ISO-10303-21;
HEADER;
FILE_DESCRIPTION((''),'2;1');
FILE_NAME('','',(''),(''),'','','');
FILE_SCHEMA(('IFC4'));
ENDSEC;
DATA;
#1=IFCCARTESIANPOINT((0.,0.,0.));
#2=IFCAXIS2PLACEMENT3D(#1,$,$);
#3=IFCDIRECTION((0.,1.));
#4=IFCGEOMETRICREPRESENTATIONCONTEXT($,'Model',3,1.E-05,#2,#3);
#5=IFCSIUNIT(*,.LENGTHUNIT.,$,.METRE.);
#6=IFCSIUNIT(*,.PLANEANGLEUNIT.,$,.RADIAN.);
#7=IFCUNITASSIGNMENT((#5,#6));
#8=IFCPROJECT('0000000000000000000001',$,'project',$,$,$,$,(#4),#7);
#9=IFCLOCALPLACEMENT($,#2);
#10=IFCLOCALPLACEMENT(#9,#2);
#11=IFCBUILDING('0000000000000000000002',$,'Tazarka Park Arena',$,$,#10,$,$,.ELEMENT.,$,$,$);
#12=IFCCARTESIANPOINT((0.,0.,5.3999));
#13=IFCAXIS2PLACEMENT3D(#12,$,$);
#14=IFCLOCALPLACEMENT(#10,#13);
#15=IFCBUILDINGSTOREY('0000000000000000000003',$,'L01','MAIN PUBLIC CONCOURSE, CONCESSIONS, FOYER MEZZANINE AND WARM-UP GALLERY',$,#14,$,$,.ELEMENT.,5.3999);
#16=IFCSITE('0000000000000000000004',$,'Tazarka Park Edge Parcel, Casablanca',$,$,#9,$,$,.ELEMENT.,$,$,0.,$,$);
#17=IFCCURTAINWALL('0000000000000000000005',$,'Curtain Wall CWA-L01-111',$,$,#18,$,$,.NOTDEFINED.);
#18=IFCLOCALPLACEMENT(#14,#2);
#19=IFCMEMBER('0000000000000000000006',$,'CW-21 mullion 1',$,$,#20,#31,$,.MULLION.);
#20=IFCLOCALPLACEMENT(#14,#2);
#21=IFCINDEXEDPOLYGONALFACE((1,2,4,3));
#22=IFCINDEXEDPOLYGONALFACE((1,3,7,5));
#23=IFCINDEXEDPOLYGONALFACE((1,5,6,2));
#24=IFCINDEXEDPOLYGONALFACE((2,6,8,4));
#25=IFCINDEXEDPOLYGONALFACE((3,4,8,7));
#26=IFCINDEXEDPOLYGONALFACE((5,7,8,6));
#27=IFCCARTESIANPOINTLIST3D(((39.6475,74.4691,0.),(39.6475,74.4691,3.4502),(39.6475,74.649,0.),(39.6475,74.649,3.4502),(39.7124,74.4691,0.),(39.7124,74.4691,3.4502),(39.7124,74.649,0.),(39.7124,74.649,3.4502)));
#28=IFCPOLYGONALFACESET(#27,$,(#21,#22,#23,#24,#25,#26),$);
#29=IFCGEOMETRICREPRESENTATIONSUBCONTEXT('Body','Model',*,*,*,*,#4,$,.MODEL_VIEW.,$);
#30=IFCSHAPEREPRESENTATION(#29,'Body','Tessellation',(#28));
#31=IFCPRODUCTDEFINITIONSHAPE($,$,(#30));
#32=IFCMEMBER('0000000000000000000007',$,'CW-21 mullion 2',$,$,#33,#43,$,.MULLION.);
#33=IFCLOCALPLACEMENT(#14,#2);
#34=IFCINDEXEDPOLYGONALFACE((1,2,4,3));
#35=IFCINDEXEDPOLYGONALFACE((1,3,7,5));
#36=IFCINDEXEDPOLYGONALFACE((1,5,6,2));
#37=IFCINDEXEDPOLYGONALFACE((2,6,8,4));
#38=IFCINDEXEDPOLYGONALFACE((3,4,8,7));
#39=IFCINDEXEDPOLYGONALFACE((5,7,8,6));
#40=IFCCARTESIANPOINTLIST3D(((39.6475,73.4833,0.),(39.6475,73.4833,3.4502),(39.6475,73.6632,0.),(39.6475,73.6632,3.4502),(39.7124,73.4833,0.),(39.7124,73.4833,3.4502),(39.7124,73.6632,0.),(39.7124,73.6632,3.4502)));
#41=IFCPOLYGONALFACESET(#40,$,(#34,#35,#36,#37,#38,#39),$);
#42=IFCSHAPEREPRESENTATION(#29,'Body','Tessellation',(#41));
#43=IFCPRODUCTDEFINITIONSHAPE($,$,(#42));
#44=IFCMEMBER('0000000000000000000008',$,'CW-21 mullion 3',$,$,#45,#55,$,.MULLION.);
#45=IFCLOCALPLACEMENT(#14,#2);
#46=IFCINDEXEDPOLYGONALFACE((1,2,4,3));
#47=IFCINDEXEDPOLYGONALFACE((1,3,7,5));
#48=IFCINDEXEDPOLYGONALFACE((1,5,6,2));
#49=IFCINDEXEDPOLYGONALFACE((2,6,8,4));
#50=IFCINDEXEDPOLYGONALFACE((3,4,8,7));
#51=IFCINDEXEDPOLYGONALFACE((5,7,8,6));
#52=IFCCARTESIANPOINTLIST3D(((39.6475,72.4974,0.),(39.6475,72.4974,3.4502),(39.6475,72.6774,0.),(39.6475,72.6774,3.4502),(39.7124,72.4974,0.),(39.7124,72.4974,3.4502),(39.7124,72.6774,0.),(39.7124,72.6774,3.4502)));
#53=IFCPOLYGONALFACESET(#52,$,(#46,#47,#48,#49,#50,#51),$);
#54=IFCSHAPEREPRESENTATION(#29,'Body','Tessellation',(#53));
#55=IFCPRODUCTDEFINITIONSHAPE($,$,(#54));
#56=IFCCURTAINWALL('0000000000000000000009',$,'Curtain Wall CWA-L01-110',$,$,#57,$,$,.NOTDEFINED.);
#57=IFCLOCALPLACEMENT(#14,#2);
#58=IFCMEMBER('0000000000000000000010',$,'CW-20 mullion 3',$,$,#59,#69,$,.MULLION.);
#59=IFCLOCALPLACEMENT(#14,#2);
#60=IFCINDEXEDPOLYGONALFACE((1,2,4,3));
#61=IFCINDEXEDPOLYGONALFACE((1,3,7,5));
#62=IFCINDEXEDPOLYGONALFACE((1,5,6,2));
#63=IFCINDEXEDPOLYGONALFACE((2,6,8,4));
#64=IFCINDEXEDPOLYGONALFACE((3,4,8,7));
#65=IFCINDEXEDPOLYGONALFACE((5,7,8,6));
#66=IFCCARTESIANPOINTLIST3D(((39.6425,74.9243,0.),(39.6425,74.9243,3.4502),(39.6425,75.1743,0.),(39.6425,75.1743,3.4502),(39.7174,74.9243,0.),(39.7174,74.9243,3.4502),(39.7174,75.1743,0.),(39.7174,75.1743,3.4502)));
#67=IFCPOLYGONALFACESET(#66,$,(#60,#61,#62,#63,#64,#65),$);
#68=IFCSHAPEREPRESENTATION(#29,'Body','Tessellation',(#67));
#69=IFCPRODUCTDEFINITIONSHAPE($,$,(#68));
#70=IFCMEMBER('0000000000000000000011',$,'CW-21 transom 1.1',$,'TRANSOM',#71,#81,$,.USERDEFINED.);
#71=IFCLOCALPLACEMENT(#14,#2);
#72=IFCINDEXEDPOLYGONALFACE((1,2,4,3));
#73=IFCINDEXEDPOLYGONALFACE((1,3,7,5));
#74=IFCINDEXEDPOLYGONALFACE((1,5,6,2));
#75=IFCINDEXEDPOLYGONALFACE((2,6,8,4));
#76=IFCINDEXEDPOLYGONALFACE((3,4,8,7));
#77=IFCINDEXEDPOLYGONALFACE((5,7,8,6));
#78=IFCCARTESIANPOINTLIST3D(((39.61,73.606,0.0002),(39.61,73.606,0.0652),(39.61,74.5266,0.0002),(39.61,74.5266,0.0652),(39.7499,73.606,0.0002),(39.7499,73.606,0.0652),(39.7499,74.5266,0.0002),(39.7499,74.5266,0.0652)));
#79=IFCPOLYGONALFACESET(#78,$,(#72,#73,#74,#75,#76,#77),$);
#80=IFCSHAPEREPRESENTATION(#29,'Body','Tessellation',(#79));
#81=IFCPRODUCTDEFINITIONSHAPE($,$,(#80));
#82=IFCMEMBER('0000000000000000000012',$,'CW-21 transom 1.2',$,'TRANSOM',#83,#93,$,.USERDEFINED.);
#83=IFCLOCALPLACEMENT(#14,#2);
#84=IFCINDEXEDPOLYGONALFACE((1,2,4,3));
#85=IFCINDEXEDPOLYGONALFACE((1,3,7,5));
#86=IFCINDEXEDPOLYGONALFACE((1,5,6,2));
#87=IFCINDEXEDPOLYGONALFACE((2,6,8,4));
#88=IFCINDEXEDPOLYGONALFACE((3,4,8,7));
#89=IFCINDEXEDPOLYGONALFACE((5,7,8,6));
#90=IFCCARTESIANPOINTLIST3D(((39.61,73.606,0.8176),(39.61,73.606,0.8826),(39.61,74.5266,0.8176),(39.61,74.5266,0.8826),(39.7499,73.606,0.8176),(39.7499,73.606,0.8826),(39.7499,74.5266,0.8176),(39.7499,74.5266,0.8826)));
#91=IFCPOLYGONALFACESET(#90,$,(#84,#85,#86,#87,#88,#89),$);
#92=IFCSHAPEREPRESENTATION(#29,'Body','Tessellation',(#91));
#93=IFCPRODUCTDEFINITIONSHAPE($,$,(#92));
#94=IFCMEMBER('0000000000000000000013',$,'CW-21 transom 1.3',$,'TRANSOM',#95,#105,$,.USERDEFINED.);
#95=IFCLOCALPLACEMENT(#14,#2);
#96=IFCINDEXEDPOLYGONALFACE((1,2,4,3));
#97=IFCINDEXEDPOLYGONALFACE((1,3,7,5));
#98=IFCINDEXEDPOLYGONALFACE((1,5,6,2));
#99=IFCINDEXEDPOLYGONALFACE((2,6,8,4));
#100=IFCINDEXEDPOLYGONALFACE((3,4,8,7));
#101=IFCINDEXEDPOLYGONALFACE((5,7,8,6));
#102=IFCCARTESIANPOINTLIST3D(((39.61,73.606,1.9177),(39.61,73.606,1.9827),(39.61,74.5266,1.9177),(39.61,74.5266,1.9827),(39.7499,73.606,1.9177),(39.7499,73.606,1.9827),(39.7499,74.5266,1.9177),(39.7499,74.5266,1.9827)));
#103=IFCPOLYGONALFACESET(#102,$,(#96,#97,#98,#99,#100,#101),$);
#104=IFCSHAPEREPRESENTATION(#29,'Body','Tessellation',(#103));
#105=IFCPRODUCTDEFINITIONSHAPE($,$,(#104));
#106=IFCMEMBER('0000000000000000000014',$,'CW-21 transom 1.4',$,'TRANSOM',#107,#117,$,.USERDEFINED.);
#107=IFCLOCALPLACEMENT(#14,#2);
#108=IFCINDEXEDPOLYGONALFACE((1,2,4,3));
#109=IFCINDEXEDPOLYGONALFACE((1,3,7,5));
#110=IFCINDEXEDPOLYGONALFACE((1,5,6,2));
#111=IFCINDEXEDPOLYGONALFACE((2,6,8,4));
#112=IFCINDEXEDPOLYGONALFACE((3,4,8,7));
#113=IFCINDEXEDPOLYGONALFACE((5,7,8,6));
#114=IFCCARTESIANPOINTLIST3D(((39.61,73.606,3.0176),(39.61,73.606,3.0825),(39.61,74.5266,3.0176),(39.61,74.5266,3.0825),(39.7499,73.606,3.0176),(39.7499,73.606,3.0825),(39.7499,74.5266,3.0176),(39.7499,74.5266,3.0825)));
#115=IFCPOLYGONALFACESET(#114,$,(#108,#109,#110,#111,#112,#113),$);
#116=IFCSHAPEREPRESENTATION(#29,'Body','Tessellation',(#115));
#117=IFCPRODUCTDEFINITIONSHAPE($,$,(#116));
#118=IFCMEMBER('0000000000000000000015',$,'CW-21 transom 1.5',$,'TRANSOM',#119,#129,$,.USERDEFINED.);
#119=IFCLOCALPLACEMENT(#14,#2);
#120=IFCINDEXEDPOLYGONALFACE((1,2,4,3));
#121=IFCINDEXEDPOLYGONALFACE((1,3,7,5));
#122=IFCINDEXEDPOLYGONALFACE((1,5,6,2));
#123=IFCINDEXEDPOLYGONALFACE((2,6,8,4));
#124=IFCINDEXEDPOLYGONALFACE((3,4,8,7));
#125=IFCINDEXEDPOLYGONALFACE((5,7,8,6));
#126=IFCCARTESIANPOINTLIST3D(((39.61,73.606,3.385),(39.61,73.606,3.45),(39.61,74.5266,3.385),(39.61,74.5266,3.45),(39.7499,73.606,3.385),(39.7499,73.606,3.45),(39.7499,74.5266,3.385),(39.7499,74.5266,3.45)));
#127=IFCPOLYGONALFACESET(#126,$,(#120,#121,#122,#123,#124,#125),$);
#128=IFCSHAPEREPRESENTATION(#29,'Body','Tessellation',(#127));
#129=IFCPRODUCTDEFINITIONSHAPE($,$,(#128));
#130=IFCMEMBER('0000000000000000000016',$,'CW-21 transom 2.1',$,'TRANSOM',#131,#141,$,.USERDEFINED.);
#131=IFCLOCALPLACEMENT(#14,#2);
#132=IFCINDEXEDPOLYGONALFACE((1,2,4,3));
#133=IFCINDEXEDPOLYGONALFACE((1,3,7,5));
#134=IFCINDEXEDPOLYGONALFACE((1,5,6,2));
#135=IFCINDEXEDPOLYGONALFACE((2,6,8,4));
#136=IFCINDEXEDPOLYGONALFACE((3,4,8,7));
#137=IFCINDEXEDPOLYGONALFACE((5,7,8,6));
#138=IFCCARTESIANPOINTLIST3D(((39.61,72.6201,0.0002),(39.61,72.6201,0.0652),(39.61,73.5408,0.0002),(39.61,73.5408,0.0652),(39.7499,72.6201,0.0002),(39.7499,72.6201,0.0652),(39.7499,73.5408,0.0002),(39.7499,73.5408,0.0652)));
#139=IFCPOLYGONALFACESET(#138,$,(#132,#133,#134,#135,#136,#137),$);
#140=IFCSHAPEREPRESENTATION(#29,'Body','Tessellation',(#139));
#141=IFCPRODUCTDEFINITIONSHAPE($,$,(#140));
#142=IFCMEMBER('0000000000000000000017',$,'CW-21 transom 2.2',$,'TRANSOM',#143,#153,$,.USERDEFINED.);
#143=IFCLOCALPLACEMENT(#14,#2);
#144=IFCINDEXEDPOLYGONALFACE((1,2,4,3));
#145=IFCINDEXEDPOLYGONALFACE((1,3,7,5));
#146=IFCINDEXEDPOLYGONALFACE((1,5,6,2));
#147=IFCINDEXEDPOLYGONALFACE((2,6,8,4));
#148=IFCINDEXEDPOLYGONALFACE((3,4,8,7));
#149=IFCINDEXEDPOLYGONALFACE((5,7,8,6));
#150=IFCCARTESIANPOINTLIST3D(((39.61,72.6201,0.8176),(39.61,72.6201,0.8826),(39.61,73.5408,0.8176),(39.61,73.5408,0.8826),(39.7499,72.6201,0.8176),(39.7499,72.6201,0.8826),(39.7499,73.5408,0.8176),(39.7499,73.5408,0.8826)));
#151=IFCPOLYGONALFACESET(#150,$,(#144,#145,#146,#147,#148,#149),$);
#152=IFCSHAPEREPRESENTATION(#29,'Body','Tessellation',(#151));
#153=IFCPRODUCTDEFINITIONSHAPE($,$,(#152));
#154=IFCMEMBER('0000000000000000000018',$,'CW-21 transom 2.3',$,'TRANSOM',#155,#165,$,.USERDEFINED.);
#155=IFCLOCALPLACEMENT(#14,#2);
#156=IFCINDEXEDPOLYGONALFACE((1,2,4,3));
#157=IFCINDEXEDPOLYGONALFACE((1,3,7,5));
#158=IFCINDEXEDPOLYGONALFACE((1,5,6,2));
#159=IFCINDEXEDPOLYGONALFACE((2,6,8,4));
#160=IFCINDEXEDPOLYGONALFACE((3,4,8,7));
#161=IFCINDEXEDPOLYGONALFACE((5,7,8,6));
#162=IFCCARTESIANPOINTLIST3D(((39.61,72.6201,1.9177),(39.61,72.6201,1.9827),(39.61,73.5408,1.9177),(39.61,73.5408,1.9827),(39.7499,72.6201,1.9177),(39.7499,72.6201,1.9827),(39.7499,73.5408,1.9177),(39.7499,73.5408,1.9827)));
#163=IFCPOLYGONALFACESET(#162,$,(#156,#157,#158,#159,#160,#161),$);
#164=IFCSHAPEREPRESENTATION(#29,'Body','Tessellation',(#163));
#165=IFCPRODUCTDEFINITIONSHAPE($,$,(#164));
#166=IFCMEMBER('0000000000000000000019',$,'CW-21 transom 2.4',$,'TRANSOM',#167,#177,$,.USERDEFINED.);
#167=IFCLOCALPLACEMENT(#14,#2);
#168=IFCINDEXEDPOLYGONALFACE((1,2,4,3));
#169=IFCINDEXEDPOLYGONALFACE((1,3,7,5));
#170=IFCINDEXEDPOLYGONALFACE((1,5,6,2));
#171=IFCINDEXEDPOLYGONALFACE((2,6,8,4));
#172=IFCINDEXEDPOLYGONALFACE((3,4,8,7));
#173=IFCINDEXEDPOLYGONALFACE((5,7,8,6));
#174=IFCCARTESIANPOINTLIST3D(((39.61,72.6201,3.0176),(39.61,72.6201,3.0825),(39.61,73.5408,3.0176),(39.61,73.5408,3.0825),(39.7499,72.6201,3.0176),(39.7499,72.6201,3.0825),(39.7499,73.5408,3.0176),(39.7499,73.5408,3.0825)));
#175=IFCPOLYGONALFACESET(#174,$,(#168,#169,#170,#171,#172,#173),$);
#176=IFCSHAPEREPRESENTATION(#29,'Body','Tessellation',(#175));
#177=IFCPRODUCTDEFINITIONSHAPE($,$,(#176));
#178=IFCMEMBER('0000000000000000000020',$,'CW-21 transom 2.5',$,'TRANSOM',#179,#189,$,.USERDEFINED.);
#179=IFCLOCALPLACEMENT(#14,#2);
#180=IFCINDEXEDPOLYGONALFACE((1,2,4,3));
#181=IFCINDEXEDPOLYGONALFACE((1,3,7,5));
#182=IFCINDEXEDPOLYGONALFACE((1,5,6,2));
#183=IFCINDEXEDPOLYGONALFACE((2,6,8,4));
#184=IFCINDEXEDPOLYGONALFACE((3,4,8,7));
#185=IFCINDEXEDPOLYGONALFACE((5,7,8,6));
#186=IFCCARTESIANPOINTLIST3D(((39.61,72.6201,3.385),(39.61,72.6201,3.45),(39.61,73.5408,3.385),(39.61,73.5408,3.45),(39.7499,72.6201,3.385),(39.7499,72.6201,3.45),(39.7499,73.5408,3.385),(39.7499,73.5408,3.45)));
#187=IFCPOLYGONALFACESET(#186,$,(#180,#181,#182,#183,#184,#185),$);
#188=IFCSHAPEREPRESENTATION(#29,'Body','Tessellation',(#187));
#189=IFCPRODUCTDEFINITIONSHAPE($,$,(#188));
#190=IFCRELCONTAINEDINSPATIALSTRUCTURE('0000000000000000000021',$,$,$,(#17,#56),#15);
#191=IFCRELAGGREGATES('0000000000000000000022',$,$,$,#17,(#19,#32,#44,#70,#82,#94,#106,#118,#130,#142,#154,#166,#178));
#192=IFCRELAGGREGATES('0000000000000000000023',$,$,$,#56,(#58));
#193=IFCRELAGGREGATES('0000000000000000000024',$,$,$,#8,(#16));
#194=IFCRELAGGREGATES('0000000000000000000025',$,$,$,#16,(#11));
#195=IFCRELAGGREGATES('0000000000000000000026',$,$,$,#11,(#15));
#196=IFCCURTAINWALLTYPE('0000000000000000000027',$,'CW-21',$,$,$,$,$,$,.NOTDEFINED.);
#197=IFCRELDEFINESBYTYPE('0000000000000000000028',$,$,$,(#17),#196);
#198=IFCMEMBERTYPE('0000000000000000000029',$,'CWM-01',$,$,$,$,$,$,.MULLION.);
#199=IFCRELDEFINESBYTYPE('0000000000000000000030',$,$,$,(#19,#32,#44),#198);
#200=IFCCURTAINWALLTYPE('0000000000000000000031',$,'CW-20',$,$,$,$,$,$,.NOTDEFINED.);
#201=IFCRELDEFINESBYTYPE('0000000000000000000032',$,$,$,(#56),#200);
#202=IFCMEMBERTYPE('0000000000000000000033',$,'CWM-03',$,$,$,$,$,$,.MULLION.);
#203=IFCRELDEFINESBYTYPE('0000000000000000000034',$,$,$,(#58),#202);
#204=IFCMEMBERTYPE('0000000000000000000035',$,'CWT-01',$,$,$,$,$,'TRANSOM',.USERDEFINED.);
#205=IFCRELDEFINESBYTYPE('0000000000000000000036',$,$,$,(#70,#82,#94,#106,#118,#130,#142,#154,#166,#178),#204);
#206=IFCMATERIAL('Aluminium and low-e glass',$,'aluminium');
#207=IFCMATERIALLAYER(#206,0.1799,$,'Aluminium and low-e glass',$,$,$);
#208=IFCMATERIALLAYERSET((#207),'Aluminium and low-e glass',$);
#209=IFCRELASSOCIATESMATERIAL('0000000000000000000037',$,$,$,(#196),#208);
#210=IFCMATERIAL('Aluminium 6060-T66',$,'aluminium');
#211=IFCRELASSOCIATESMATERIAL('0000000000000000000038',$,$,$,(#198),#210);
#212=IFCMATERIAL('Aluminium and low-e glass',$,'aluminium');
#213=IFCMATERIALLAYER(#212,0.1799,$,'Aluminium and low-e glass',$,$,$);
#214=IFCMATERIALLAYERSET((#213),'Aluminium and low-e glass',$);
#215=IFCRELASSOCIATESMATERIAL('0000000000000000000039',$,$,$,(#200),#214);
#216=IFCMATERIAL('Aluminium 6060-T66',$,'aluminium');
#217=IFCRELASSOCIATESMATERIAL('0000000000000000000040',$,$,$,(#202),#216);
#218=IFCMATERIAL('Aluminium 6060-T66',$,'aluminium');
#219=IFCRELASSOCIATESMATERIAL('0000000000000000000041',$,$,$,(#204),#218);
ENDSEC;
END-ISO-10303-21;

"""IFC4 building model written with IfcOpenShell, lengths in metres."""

from ifc_helpers import new_model, si_unit, direction, frame, origin, origin_2d, place, context, subcontext, project, spatial, rectangle, extrude, material, layer, layer_set, material_profile, profile_set, type_object, element, aggregate, save


model = new_model("IFC4")

# Units and contexts
model_context = context("Model", 3, precision=1e-05, world=origin(), true_north=direction((0.0, 1.0)))
body_context = subcontext(model_context, "Body", "Model", "MODEL_VIEW")
ifc_project = project(units=[si_unit("LENGTHUNIT", "METRE"), si_unit("PLANEANGLEUNIT", "RADIAN")], contexts=[model_context])

# Site, building, storey
site_placement = place(None, origin())
site = spatial("IfcSite", under=ifc_project, at=site_placement, Name="Tazarka Park Edge Parcel, Casablanca", CompositionType="ELEMENT", RefElevation=0.0)
building_placement = place(site_placement, origin())
building = spatial("IfcBuilding", under=site, at=building_placement, Name="Tazarka Park Arena", CompositionType="ELEMENT")
storey_placement = place(building_placement, frame((0.0, 0.0, 5.3999)))
storey = spatial("IfcBuildingStorey", under=building, at=storey_placement, Name="L01", Description="MAIN PUBLIC CONCOURSE, CONCESSIONS, FOYER MEZZANINE AND WARM-UP GALLERY", CompositionType="ELEMENT", Elevation=5.3999)

# Curtain wall, members
ifc_material_1 = material(Name="Aluminium and low-e glass", Category="aluminium")
ifc_layer_1 = layer(ifc_material_1, 0.1799, Name="Aluminium and low-e glass")
ifc_layer_set_1 = layer_set([ifc_layer_1], Name="Aluminium and low-e glass")
curtain_wall_type_1 = type_object("IfcCurtainWallType", Name="CW-21", PredefinedType="NOTDEFINED", material=ifc_layer_set_1)
curtain_wall_1_placement = place(storey_placement, origin())
curtain_wall_1 = element("IfcCurtainWall", 1, at=curtain_wall_1_placement, inside=storey, type_object=curtain_wall_type_1, Name="Curtain Wall CWA-L01-111", PredefinedType="NOTDEFINED")
ifc_material_2 = material(Name="Aluminium 6060-T66", Category="aluminium")
ifc_material_profile_1 = material_profile(ifc_material_2, rectangle(XDim=0.0649, YDim=0.1799, at=origin_2d()), Name="Aluminium 6060-T66")
ifc_profile_set_1 = profile_set([ifc_material_profile_1], Name="Aluminium 6060-T66")
member_type_1 = type_object("IfcMemberType", Name="CWM-01", PredefinedType="MULLION", material=ifc_profile_set_1)
member_1_placement = place(storey_placement, frame((39.6799, 74.5591, 0.0), z_axis=(0.0, 0.0, 1.0), x_axis=(1.0, 0.0, 0.0)))
member_1 = element("IfcMember", 2, at=member_1_placement, type_object=member_type_1, Name="CW-21 mullion 1", PredefinedType="MULLION", context=body_context, shape_type="SweptSolid", body=[
    extrude(rectangle(XDim=0.0649, YDim=0.1799, at=origin_2d()), origin(), (0.0, 0.0, 1.0), 3.4502),
])
member_2_placement = place(storey_placement, frame((39.6799, 73.5732, 0.0), z_axis=(0.0, 0.0, 1.0), x_axis=(1.0, 0.0, 0.0)))
member_2 = element("IfcMember", 3, at=member_2_placement, type_object=member_type_1, Name="CW-21 mullion 2", PredefinedType="MULLION", context=body_context, shape_type="SweptSolid", body=[
    extrude(rectangle(XDim=0.0649, YDim=0.1799, at=origin_2d()), origin(), (0.0, 0.0, 1.0), 3.4502),
])
member_3_placement = place(storey_placement, frame((39.6799, 72.5874, 0.0), z_axis=(0.0, 0.0, 1.0), x_axis=(1.0, 0.0, 0.0)))
member_3 = element("IfcMember", 4, at=member_3_placement, type_object=member_type_1, Name="CW-21 mullion 3", PredefinedType="MULLION", context=body_context, shape_type="SweptSolid", body=[
    extrude(rectangle(XDim=0.0649, YDim=0.1799, at=origin_2d()), origin(), (0.0, 0.0, 1.0), 3.4502),
])

# Curtain wall, member
ifc_material_3 = material(Name="Aluminium and low-e glass", Category="aluminium")
ifc_layer_2 = layer(ifc_material_3, 0.1799, Name="Aluminium and low-e glass")
ifc_layer_set_2 = layer_set([ifc_layer_2], Name="Aluminium and low-e glass")
curtain_wall_type_2 = type_object("IfcCurtainWallType", Name="CW-20", PredefinedType="NOTDEFINED", material=ifc_layer_set_2)
curtain_wall_2_placement = place(storey_placement, origin())
curtain_wall_2 = element("IfcCurtainWall", 5, at=curtain_wall_2_placement, inside=storey, type_object=curtain_wall_type_2, Name="Curtain Wall CWA-L01-110", PredefinedType="NOTDEFINED")
ifc_material_4 = material(Name="Aluminium 6060-T66", Category="aluminium")
ifc_material_profile_2 = material_profile(ifc_material_4, rectangle(XDim=0.075, YDim=0.25, at=origin_2d()), Name="Aluminium 6060-T66")
ifc_profile_set_2 = profile_set([ifc_material_profile_2], Name="Aluminium 6060-T66")
member_type_2 = type_object("IfcMemberType", Name="CWM-03", PredefinedType="MULLION", material=ifc_profile_set_2)
member_4_placement = place(storey_placement, frame((39.6799, 75.0493, 0.0), z_axis=(0.0, 0.0, 1.0), x_axis=(1.0, 0.0, 0.0)))
member_4 = element("IfcMember", 6, at=member_4_placement, type_object=member_type_2, Name="CW-20 mullion 3", PredefinedType="MULLION", context=body_context, shape_type="SweptSolid", body=[
    extrude(rectangle(XDim=0.075, YDim=0.25, at=origin_2d()), origin(), (0.0, 0.0, 1.0), 3.4502),
])

# Members
ifc_material_5 = material(Name="Aluminium 6060-T66", Category="aluminium")
ifc_material_profile_3 = material_profile(ifc_material_5, rectangle(XDim=0.1399, YDim=0.0649, at=origin_2d()), Name="Aluminium 6060-T66")
ifc_profile_set_3 = profile_set([ifc_material_profile_3], Name="Aluminium 6060-T66")
member_type_3 = type_object("IfcMemberType", Name="CWT-01", ElementType="TRANSOM", PredefinedType="USERDEFINED", material=ifc_profile_set_3)
member_5_placement = place(storey_placement, frame((39.6799, 74.5266, 0.0327), z_axis=(0.0, -1.0, 0.0), x_axis=(1.0, 0.0, 0.0)))
member_5 = element("IfcMember", 7, at=member_5_placement, type_object=member_type_3, Name="CW-21 transom 1.1", ObjectType="TRANSOM", PredefinedType="USERDEFINED", context=body_context, shape_type="SweptSolid", body=[
    extrude(rectangle(XDim=0.1399, YDim=0.0649, at=origin_2d()), origin(), (0.0, 0.0, 1.0), 0.9207),
])
member_6_placement = place(storey_placement, frame((39.6799, 74.5266, 0.8501), z_axis=(0.0, -1.0, 0.0), x_axis=(1.0, 0.0, 0.0)))
member_6 = element("IfcMember", 8, at=member_6_placement, type_object=member_type_3, Name="CW-21 transom 1.2", ObjectType="TRANSOM", PredefinedType="USERDEFINED", context=body_context, shape_type="SweptSolid", body=[
    extrude(rectangle(XDim=0.1399, YDim=0.0649, at=origin_2d()), origin(), (0.0, 0.0, 1.0), 0.9207),
])
member_7_placement = place(storey_placement, frame((39.6799, 74.5266, 1.9502), z_axis=(0.0, -1.0, 0.0), x_axis=(1.0, 0.0, 0.0)))
member_7 = element("IfcMember", 9, at=member_7_placement, type_object=member_type_3, Name="CW-21 transom 1.3", ObjectType="TRANSOM", PredefinedType="USERDEFINED", context=body_context, shape_type="SweptSolid", body=[
    extrude(rectangle(XDim=0.1399, YDim=0.0649, at=origin_2d()), origin(), (0.0, 0.0, 1.0), 0.9207),
])
member_8_placement = place(storey_placement, frame((39.6799, 74.5266, 3.05), z_axis=(0.0, -1.0, 0.0), x_axis=(1.0, 0.0, 0.0)))
member_8 = element("IfcMember", 10, at=member_8_placement, type_object=member_type_3, Name="CW-21 transom 1.4", ObjectType="TRANSOM", PredefinedType="USERDEFINED", context=body_context, shape_type="SweptSolid", body=[
    extrude(rectangle(XDim=0.1399, YDim=0.0649, at=origin_2d()), origin(), (0.0, 0.0, 1.0), 0.9207),
])
member_9_placement = place(storey_placement, frame((39.6799, 74.5266, 3.4175), z_axis=(0.0, -1.0, 0.0), x_axis=(1.0, 0.0, 0.0)))
member_9 = element("IfcMember", 11, at=member_9_placement, type_object=member_type_3, Name="CW-21 transom 1.5", ObjectType="TRANSOM", PredefinedType="USERDEFINED", context=body_context, shape_type="SweptSolid", body=[
    extrude(rectangle(XDim=0.1399, YDim=0.0649, at=origin_2d()), origin(), (0.0, 0.0, 1.0), 0.9207),
])
member_10_placement = place(storey_placement, frame((39.6799, 73.5408, 0.0327), z_axis=(0.0, -1.0, 0.0), x_axis=(1.0, 0.0, 0.0)))
member_10 = element("IfcMember", 12, at=member_10_placement, type_object=member_type_3, Name="CW-21 transom 2.1", ObjectType="TRANSOM", PredefinedType="USERDEFINED", context=body_context, shape_type="SweptSolid", body=[
    extrude(rectangle(XDim=0.1399, YDim=0.0649, at=origin_2d()), origin(), (0.0, 0.0, 1.0), 0.9207),
])
member_11_placement = place(storey_placement, frame((39.6799, 73.5408, 0.8501), z_axis=(0.0, -1.0, 0.0), x_axis=(1.0, 0.0, 0.0)))
member_11 = element("IfcMember", 13, at=member_11_placement, type_object=member_type_3, Name="CW-21 transom 2.2", ObjectType="TRANSOM", PredefinedType="USERDEFINED", context=body_context, shape_type="SweptSolid", body=[
    extrude(rectangle(XDim=0.1399, YDim=0.0649, at=origin_2d()), origin(), (0.0, 0.0, 1.0), 0.9207),
])
member_12_placement = place(storey_placement, frame((39.6799, 73.5408, 1.9502), z_axis=(0.0, -1.0, 0.0), x_axis=(1.0, 0.0, 0.0)))
member_12 = element("IfcMember", 14, at=member_12_placement, type_object=member_type_3, Name="CW-21 transom 2.3", ObjectType="TRANSOM", PredefinedType="USERDEFINED", context=body_context, shape_type="SweptSolid", body=[
    extrude(rectangle(XDim=0.1399, YDim=0.0649, at=origin_2d()), origin(), (0.0, 0.0, 1.0), 0.9207),
])
member_13_placement = place(storey_placement, frame((39.6799, 73.5408, 3.05), z_axis=(0.0, -1.0, 0.0), x_axis=(1.0, 0.0, 0.0)))
member_13 = element("IfcMember", 15, at=member_13_placement, type_object=member_type_3, Name="CW-21 transom 2.4", ObjectType="TRANSOM", PredefinedType="USERDEFINED", context=body_context, shape_type="SweptSolid", body=[
    extrude(rectangle(XDim=0.1399, YDim=0.0649, at=origin_2d()), origin(), (0.0, 0.0, 1.0), 0.9207),
])
member_14_placement = place(storey_placement, frame((39.6799, 73.5408, 3.4175), z_axis=(0.0, -1.0, 0.0), x_axis=(1.0, 0.0, 0.0)))
member_14 = element("IfcMember", 16, at=member_14_placement, type_object=member_type_3, Name="CW-21 transom 2.5", ObjectType="TRANSOM", PredefinedType="USERDEFINED", context=body_context, shape_type="SweptSolid", body=[
    extrude(rectangle(XDim=0.1399, YDim=0.0649, at=origin_2d()), origin(), (0.0, 0.0, 1.0), 0.9207),
])

aggregate(curtain_wall_1, [member_1, member_2, member_3, member_5, member_6, member_7, member_8, member_9, member_10, member_11, member_12, member_13, member_14])
aggregate(curtain_wall_2, [member_4])

save(model, "model.ifc")
